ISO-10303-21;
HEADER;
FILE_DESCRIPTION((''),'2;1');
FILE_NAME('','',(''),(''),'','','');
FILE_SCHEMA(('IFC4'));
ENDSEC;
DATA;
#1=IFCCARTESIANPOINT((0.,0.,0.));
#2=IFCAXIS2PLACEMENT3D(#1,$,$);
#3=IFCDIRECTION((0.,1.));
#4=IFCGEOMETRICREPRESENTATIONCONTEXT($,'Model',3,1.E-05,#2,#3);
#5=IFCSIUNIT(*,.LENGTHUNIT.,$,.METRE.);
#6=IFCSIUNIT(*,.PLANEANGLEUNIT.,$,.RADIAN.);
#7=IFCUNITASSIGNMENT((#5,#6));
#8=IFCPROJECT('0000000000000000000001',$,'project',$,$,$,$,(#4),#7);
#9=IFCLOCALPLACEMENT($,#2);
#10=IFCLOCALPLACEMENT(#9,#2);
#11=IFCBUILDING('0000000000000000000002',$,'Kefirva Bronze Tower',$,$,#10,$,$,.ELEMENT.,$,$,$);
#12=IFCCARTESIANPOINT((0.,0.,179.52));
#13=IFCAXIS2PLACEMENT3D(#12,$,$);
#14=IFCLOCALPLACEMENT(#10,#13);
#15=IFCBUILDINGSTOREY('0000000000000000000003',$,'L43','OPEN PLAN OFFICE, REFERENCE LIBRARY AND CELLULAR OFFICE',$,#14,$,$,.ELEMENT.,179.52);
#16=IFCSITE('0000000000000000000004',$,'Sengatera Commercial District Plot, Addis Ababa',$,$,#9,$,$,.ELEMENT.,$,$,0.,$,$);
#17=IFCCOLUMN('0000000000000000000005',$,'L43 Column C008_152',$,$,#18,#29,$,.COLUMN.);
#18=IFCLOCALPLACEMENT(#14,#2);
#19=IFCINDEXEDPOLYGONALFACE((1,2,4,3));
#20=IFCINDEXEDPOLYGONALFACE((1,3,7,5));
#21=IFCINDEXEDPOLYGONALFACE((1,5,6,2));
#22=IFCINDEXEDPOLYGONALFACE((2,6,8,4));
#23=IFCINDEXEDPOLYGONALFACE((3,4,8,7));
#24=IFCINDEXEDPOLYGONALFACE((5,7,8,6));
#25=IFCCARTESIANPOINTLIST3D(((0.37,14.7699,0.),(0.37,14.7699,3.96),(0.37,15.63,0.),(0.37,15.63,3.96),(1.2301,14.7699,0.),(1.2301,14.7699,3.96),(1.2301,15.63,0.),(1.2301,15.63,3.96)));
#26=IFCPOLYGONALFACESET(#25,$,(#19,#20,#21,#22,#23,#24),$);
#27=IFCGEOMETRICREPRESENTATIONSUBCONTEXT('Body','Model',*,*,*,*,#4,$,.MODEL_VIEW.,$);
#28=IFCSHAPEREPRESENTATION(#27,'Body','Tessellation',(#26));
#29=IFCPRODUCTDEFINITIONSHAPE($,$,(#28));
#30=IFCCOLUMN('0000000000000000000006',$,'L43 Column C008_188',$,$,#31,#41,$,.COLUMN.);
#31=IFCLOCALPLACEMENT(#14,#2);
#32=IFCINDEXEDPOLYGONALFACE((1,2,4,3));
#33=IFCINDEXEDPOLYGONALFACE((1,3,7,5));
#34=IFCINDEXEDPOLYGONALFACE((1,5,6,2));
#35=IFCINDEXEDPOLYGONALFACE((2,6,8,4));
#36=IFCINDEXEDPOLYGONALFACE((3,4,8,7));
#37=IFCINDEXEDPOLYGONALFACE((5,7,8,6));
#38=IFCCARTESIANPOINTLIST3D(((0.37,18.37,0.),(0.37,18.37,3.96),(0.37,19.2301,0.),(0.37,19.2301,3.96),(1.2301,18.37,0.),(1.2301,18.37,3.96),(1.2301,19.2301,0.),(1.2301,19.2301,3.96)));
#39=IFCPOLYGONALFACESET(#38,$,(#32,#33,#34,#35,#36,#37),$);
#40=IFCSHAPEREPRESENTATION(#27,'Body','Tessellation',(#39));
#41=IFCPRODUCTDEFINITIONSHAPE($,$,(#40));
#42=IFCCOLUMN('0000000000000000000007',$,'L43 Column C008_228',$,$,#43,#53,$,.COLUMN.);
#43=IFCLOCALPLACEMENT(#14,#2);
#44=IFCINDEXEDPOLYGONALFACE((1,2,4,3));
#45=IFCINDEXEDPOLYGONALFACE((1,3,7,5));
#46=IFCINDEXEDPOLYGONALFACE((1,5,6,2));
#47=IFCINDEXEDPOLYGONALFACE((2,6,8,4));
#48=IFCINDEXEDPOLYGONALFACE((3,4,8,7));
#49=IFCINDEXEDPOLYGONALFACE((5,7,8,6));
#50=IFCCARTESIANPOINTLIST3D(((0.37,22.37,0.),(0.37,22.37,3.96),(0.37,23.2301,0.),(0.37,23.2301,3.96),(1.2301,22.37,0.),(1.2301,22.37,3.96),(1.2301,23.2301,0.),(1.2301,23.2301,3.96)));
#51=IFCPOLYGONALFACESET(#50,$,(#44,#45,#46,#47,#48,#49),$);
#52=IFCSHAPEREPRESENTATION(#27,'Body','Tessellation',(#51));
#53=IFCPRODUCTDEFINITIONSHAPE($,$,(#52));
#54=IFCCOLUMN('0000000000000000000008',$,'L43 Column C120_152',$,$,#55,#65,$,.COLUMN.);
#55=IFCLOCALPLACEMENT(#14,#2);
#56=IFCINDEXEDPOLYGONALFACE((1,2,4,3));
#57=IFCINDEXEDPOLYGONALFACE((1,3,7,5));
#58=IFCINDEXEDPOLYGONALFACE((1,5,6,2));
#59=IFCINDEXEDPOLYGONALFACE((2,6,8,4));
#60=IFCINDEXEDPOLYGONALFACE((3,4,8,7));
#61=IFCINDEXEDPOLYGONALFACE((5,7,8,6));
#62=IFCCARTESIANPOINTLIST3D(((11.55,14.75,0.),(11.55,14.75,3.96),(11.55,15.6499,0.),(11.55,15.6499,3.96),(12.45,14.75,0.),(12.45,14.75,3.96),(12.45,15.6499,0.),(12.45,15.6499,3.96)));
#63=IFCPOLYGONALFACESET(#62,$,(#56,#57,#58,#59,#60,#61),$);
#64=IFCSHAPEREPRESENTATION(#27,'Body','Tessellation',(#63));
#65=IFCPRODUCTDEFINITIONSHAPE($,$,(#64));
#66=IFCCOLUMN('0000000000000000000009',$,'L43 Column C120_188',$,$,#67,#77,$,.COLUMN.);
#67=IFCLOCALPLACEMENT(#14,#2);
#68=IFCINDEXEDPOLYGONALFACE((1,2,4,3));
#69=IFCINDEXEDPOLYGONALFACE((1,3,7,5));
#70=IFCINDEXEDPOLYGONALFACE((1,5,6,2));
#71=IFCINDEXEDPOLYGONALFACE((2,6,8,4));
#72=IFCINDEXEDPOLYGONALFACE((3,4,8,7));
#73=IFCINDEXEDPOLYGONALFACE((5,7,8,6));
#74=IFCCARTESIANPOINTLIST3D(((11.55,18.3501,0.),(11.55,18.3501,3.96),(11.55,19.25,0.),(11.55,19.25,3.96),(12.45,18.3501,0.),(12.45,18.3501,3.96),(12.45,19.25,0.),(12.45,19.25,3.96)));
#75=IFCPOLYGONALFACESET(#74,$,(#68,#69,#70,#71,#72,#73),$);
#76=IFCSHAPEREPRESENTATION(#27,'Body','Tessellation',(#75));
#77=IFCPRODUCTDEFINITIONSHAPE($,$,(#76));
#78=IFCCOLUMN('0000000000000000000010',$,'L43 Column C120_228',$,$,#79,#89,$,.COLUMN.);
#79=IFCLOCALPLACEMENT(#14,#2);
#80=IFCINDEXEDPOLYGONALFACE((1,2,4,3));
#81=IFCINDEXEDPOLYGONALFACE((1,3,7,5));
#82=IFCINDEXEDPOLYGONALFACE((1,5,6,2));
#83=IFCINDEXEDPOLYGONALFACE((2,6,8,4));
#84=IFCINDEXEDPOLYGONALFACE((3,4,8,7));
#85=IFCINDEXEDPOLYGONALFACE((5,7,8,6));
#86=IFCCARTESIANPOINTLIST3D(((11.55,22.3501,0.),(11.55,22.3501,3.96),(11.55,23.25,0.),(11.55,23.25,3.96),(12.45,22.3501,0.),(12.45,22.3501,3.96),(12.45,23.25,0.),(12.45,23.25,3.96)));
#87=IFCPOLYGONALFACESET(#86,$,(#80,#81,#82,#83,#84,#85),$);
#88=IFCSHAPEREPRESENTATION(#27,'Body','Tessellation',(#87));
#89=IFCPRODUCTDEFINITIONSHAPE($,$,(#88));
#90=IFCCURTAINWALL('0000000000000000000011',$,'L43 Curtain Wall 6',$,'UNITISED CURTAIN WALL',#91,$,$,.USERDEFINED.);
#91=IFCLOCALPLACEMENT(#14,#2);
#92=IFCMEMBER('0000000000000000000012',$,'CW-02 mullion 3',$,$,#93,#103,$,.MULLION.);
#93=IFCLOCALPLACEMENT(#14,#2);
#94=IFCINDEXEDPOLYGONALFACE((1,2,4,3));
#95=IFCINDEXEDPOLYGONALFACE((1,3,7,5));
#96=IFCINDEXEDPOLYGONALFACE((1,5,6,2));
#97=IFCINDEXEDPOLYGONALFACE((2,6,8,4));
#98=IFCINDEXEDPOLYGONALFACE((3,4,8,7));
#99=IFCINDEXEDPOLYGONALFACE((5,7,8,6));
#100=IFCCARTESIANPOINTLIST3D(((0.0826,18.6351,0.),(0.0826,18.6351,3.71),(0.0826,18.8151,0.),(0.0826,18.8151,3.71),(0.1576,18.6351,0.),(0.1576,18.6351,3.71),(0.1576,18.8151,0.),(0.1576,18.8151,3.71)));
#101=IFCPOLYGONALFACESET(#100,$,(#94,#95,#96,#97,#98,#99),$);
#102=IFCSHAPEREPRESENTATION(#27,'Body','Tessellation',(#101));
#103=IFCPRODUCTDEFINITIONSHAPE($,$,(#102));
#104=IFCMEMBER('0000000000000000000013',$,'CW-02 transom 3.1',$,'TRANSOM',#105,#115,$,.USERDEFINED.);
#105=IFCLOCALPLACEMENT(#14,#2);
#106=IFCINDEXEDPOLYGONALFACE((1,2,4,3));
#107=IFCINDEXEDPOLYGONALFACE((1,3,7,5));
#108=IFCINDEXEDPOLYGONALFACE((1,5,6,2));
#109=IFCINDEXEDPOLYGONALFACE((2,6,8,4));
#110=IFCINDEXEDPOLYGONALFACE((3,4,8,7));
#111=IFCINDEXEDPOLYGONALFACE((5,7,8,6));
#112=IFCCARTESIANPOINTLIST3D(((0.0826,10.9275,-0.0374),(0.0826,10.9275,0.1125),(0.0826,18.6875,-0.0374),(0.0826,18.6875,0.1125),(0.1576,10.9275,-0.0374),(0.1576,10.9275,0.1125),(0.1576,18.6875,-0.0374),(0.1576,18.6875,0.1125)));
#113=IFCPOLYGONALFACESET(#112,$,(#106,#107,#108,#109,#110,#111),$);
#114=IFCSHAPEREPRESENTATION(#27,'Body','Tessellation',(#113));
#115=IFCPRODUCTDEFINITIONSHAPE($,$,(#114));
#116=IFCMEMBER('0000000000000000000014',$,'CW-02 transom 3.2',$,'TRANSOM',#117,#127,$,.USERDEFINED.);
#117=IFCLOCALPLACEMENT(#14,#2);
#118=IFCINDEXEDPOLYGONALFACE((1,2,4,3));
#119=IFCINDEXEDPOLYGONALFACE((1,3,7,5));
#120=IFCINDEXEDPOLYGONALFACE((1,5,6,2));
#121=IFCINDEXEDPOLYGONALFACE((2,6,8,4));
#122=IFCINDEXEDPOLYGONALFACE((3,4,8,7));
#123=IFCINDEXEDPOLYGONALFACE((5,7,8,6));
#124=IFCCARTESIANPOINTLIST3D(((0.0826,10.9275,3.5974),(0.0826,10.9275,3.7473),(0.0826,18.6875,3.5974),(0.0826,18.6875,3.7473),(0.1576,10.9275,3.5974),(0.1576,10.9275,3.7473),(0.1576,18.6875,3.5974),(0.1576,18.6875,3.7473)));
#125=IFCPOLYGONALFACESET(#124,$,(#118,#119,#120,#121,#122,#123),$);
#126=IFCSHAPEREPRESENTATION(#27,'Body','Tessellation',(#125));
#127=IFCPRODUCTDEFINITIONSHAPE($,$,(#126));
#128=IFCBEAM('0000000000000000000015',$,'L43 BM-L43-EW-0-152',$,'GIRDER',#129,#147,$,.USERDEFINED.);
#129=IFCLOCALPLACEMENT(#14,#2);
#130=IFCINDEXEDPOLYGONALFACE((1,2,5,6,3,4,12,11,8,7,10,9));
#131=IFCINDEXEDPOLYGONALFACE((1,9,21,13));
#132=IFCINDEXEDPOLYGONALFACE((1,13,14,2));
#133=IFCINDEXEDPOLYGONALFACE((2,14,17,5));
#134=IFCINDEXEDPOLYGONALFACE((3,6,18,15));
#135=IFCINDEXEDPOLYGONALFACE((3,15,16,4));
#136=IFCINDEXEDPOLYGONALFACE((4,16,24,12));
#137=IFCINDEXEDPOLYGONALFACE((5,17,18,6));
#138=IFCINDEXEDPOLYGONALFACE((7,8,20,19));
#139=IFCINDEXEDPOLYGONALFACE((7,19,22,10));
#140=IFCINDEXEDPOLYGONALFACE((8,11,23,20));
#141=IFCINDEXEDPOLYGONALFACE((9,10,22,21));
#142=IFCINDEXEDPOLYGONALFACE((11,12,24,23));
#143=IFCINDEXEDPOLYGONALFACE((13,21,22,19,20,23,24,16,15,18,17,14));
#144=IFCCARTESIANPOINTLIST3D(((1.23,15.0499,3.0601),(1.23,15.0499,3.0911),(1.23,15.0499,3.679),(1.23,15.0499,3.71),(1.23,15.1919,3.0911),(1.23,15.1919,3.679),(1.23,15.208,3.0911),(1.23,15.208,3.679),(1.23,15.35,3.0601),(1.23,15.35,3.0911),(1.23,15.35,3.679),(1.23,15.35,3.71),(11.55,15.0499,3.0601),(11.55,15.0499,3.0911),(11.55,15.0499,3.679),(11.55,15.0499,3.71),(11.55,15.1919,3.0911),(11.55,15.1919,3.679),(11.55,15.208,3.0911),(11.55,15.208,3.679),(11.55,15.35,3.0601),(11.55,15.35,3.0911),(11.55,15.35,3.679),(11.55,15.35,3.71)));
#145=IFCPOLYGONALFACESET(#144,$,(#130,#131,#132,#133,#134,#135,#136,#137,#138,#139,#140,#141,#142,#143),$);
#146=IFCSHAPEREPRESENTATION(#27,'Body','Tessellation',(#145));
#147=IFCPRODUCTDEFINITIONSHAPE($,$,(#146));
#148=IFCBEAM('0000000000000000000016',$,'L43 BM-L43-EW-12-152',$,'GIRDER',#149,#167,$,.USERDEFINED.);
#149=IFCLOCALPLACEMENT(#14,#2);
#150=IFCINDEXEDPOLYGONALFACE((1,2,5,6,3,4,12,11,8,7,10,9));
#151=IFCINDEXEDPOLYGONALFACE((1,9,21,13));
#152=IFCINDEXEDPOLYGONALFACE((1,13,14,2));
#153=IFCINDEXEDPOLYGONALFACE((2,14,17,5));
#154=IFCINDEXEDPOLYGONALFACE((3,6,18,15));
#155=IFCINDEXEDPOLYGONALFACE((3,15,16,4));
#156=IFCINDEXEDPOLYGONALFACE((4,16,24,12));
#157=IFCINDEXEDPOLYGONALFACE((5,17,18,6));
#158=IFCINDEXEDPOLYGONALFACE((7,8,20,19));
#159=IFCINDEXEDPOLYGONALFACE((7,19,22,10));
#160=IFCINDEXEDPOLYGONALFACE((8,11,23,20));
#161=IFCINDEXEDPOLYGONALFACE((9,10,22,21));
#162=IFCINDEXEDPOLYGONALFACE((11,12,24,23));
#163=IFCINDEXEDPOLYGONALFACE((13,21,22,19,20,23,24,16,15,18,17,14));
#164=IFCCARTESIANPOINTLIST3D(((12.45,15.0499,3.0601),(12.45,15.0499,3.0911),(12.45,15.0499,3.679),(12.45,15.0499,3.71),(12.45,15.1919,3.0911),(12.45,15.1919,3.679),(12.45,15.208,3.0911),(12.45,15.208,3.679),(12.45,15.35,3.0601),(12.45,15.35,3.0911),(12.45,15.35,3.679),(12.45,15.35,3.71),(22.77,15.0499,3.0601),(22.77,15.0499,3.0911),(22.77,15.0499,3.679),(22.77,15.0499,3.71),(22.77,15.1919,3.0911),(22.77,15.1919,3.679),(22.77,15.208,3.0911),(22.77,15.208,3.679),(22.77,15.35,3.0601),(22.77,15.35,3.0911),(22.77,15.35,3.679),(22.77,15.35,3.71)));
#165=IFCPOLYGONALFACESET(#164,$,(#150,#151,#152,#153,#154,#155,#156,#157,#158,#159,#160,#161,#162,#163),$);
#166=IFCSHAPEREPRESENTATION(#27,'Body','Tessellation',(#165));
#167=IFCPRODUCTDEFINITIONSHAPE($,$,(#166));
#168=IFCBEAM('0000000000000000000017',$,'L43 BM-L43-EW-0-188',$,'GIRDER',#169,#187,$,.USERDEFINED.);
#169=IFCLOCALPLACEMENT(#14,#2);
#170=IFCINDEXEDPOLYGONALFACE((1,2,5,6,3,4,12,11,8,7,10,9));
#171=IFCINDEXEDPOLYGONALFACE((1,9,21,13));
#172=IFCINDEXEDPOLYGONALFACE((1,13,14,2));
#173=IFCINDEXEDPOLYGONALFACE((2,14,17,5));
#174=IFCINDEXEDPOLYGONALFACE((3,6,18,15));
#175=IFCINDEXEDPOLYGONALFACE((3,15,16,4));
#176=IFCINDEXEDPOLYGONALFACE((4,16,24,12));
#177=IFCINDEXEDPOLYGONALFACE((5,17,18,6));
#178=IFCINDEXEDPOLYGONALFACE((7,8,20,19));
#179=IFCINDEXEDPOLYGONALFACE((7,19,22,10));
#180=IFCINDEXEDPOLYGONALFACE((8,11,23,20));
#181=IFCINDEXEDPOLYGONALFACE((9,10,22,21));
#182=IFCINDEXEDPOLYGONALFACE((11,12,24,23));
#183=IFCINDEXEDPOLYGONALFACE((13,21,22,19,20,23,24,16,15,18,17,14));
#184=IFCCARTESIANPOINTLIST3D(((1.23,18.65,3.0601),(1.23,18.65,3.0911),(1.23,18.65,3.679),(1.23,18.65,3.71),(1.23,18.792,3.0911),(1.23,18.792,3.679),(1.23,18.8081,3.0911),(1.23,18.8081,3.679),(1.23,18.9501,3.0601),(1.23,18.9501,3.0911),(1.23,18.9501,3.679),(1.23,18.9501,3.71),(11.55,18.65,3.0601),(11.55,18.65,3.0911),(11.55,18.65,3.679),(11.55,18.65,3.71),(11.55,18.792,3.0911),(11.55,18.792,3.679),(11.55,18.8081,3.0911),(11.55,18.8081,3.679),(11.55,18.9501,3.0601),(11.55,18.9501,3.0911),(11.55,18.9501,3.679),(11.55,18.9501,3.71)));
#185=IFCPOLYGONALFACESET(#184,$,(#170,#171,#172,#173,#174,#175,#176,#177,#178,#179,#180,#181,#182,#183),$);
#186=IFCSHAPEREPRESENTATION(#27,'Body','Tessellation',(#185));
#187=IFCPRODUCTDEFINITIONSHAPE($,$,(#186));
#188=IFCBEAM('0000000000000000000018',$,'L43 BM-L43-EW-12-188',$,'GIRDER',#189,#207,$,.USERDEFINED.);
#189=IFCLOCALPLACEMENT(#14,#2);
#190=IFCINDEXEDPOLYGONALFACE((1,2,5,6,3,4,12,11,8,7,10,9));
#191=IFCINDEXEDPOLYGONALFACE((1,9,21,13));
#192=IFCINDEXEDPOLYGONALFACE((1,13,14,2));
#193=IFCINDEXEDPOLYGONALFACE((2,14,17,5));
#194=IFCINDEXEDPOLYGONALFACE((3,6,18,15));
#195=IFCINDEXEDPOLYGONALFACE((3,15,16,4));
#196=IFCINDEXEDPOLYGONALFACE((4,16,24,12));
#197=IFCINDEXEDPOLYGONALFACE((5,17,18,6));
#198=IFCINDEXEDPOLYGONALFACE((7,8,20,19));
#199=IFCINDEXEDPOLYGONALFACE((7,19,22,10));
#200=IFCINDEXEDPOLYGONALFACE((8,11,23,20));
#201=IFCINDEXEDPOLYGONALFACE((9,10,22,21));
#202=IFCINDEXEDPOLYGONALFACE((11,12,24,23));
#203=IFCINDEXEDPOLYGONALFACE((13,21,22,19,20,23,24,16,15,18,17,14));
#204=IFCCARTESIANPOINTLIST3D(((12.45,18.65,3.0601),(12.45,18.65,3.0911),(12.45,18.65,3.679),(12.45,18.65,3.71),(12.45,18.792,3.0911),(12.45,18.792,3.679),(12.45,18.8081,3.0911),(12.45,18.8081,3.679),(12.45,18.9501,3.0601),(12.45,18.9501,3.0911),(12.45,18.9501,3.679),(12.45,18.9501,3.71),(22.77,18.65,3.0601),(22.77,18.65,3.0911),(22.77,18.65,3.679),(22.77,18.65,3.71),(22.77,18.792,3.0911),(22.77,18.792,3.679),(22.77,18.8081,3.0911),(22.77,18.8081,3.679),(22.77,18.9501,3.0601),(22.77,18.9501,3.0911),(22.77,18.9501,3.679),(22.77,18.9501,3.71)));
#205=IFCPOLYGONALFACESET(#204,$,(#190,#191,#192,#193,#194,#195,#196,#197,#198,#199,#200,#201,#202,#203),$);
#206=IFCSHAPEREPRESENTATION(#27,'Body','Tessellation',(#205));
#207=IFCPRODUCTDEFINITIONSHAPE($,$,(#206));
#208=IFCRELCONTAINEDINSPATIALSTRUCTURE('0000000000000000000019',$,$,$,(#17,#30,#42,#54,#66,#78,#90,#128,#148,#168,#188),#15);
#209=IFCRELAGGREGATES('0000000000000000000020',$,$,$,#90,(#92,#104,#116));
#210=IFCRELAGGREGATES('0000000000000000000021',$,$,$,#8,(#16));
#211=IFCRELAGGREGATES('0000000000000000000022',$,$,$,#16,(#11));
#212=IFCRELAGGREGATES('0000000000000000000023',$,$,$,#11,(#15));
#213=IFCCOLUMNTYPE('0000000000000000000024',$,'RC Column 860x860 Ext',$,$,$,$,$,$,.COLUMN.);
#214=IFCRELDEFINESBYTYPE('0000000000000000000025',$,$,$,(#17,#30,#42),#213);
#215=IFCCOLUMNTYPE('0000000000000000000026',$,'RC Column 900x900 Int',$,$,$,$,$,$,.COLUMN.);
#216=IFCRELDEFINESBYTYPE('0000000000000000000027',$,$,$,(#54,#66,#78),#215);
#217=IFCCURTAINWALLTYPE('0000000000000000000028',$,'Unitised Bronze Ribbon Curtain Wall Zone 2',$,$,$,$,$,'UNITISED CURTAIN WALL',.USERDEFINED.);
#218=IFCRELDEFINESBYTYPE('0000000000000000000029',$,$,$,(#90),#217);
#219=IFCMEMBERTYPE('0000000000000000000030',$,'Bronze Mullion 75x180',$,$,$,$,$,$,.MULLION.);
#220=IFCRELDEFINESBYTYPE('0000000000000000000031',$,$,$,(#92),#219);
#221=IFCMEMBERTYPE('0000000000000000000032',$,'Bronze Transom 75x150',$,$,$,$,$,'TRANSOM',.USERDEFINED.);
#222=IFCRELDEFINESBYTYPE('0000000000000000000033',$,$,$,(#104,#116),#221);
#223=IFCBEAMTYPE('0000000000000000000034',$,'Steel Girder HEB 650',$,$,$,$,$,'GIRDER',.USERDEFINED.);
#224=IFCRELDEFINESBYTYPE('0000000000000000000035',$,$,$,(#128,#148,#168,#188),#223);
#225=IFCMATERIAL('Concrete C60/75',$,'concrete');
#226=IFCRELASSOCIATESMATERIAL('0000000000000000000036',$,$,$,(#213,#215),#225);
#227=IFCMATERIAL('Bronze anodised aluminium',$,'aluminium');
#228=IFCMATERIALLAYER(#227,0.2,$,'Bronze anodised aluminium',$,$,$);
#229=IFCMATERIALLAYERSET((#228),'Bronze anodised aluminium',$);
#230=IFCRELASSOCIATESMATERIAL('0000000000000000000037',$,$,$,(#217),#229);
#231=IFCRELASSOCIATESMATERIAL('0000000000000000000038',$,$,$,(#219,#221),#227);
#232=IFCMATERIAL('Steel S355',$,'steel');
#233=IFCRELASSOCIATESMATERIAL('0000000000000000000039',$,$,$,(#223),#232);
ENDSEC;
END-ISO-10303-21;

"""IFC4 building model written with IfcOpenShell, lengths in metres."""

from ifc_helpers import new_model, si_unit, direction, frame, origin, origin_2d, place, context, subcontext, project, spatial, rectangle, i_section, extrude, material, layer, layer_set, material_profile, profile_set, type_object, element, aggregate, save


model = new_model("IFC4")

# Units and contexts
model_context = context("Model", 3, precision=1e-05, world=origin(), true_north=direction((0.0, 1.0)))
body_context = subcontext(model_context, "Body", "Model", "MODEL_VIEW")
ifc_project = project(units=[si_unit("LENGTHUNIT", "METRE"), si_unit("PLANEANGLEUNIT", "RADIAN")], contexts=[model_context])

# Site, building, storey
site_placement = place(None, origin())
site = spatial("IfcSite", under=ifc_project, at=site_placement, Name="Sengatera Commercial District Plot, Addis Ababa", CompositionType="ELEMENT", RefElevation=0.0)
building_placement = place(site_placement, origin())
building = spatial("IfcBuilding", under=site, at=building_placement, Name="Kefirva Bronze Tower", CompositionType="ELEMENT")
storey_placement = place(building_placement, frame((0.0, 0.0, 179.52)))
storey = spatial("IfcBuildingStorey", under=building, at=storey_placement, Name="L43", Description="OPEN PLAN OFFICE, REFERENCE LIBRARY AND CELLULAR OFFICE", CompositionType="ELEMENT", Elevation=179.52)

# Columns
ifc_material_1 = material(Name="Concrete C60/75", Category="concrete")
ifc_material_profile_1 = material_profile(ifc_material_1, rectangle(XDim=0.8601, YDim=0.8601, at=origin_2d()), Name="RC 860x860")
ifc_profile_set_1 = profile_set([ifc_material_profile_1], Name="Concrete C60/75")
column_type_1 = type_object("IfcColumnType", Name="RC Column 860x860 Ext", PredefinedType="COLUMN", material=ifc_profile_set_1)
for number, where, z_axis, x_axis, name in (
    (1, (0.8, 15.2, 0.0), (0.0, 0.0, 1.0), (1.0, 0.0, 0.0), "L43 Column C008_152"),
    (2, (0.8, 18.8, 0.0), (0.0, 0.0, 1.0), (1.0, 0.0, 0.0), "L43 Column C008_188"),
    (3, (0.8, 22.8, 0.0), (0.0, 0.0, 1.0), (1.0, 0.0, 0.0), "L43 Column C008_228"),
):
    element("IfcColumn", number, at=place(storey_placement, frame(where, z_axis=z_axis, x_axis=x_axis)), inside=storey, type_object=column_type_1, Name=name, PredefinedType="COLUMN", context=body_context, shape_type="SweptSolid", body=[
        extrude(rectangle(XDim=0.8601, YDim=0.8601, at=origin_2d()), origin(), (0.0, 0.0, 1.0), 3.96),
    ])
ifc_material_profile_2 = material_profile(ifc_material_1, rectangle(XDim=0.8999, YDim=0.8999, at=origin_2d()), Name="RC 900x900")
ifc_profile_set_2 = profile_set([ifc_material_profile_2], Name="Concrete C60/75")
column_type_2 = type_object("IfcColumnType", Name="RC Column 900x900 Int", PredefinedType="COLUMN", material=ifc_profile_set_2)
for number, where, z_axis, x_axis, name in (
    (4, (12.0, 15.2, 0.0), (0.0, 0.0, 1.0), (1.0, 0.0, 0.0), "L43 Column C120_152"),
    (5, (12.0, 18.8, 0.0), (0.0, 0.0, 1.0), (1.0, 0.0, 0.0), "L43 Column C120_188"),
    (6, (12.0, 22.8, 0.0), (0.0, 0.0, 1.0), (1.0, 0.0, 0.0), "L43 Column C120_228"),
):
    element("IfcColumn", number, at=place(storey_placement, frame(where, z_axis=z_axis, x_axis=x_axis)), inside=storey, type_object=column_type_2, Name=name, PredefinedType="COLUMN", context=body_context, shape_type="SweptSolid", body=[
        extrude(rectangle(XDim=0.8999, YDim=0.8999, at=origin_2d()), origin(), (0.0, 0.0, 1.0), 3.96),
    ])

# Curtain wall, members
ifc_material_2 = material(Name="Bronze anodised aluminium", Category="aluminium")
ifc_layer_1 = layer(ifc_material_2, 0.2, Name="Bronze anodised aluminium")
ifc_layer_set_1 = layer_set([ifc_layer_1], Name="Bronze anodised aluminium")
curtain_wall_type = type_object("IfcCurtainWallType", Name="Unitised Bronze Ribbon Curtain Wall Zone 2", ElementType="UNITISED CURTAIN WALL", PredefinedType="USERDEFINED", material=ifc_layer_set_1)
curtain_wall_placement = place(storey_placement, origin())
curtain_wall = element("IfcCurtainWall", 7, at=curtain_wall_placement, inside=storey, type_object=curtain_wall_type, Name="L43 Curtain Wall 6", ObjectType="UNITISED CURTAIN WALL", PredefinedType="USERDEFINED")
ifc_material_profile_3 = material_profile(ifc_material_2, rectangle(XDim=0.075, YDim=0.1799, at=origin_2d()), Name="ALU 75x180")
ifc_profile_set_3 = profile_set([ifc_material_profile_3], Name="Bronze anodised aluminium")
member_type_1 = type_object("IfcMemberType", Name="Bronze Mullion 75x180", PredefinedType="MULLION", material=ifc_profile_set_3)
member_1_placement = place(storey_placement, frame((0.1201, 18.7251, 0.0), z_axis=(0.0, 0.0, 1.0), x_axis=(1.0, 0.0, 0.0)))
member_1 = element("IfcMember", 8, at=member_1_placement, type_object=member_type_1, Name="CW-02 mullion 3", PredefinedType="MULLION", context=body_context, shape_type="SweptSolid", body=[
    extrude(rectangle(XDim=0.075, YDim=0.1799, at=origin_2d()), origin(), (0.0, 0.0, 1.0), 3.71),
])
ifc_material_profile_4 = material_profile(ifc_material_2, rectangle(XDim=0.075, YDim=0.1499, at=origin_2d()), Name="ALU 75x150")
ifc_profile_set_4 = profile_set([ifc_material_profile_4], Name="Bronze anodised aluminium")
member_type_2 = type_object("IfcMemberType", Name="Bronze Transom 75x150", ElementType="TRANSOM", PredefinedType="USERDEFINED", material=ifc_profile_set_4)
member_2_placement = place(storey_placement, frame((0.1201, 18.6875, 0.0376), z_axis=(0.0, -1.0, 0.0), x_axis=(1.0, 0.0, 0.0)))
member_2 = element("IfcMember", 9, at=member_2_placement, type_object=member_type_2, Name="CW-02 transom 3.1", ObjectType="TRANSOM", PredefinedType="USERDEFINED", context=body_context, shape_type="SweptSolid", body=[
    extrude(rectangle(XDim=0.075, YDim=0.1499, at=origin_2d()), origin(), (0.0, 0.0, 1.0), 7.76),
])
member_3_placement = place(storey_placement, frame((0.1201, 18.6875, 3.6724), z_axis=(0.0, -1.0, 0.0), x_axis=(1.0, 0.0, 0.0)))
member_3 = element("IfcMember", 10, at=member_3_placement, type_object=member_type_2, Name="CW-02 transom 3.2", ObjectType="TRANSOM", PredefinedType="USERDEFINED", context=body_context, shape_type="SweptSolid", body=[
    extrude(rectangle(XDim=0.075, YDim=0.1499, at=origin_2d()), origin(), (0.0, 0.0, 1.0), 7.76),
])

# Beams
ifc_material_3 = material(Name="Steel S355", Category="steel")
ifc_material_profile_5 = material_profile(ifc_material_3, i_section(OverallWidth=0.3, OverallDepth=0.6499, WebThickness=0.0161, FlangeThickness=0.031, at=origin_2d()), Name="HEB 650")
ifc_profile_set_5 = profile_set([ifc_material_profile_5], Name="Steel S355")
beam_type_1 = type_object("IfcBeamType", Name="Steel Girder HEB 650", ElementType="GIRDER", PredefinedType="USERDEFINED", material=ifc_profile_set_5)
for number, where, z_axis, x_axis, name in (
    (11, (1.23, 15.2, 3.385), (1.0, 0.0, 0.0), (0.0, 1.0, 0.0), "L43 BM-L43-EW-0-152"),
    (12, (12.45, 15.2, 3.385), (1.0, 0.0, 0.0), (0.0, 1.0, 0.0), "L43 BM-L43-EW-12-152"),
    (13, (1.23, 18.8, 3.385), (1.0, 0.0, 0.0), (0.0, 1.0, 0.0), "L43 BM-L43-EW-0-188"),
    (14, (12.45, 18.8, 3.385), (1.0, 0.0, 0.0), (0.0, 1.0, 0.0), "L43 BM-L43-EW-12-188"),
):
    element("IfcBeam", number, at=place(storey_placement, frame(where, z_axis=z_axis, x_axis=x_axis)), inside=storey, type_object=beam_type_1, Name=name, ObjectType="GIRDER", PredefinedType="USERDEFINED", context=body_context, shape_type="SweptSolid", body=[
        extrude(i_section(OverallWidth=0.3, OverallDepth=0.6499, WebThickness=0.0161, FlangeThickness=0.031, at=origin_2d()), origin(), (0.0, 0.0, 1.0), 10.3201),
    ])

aggregate(curtain_wall, [member_1, member_2, member_3])

save(model, "model.ifc")
